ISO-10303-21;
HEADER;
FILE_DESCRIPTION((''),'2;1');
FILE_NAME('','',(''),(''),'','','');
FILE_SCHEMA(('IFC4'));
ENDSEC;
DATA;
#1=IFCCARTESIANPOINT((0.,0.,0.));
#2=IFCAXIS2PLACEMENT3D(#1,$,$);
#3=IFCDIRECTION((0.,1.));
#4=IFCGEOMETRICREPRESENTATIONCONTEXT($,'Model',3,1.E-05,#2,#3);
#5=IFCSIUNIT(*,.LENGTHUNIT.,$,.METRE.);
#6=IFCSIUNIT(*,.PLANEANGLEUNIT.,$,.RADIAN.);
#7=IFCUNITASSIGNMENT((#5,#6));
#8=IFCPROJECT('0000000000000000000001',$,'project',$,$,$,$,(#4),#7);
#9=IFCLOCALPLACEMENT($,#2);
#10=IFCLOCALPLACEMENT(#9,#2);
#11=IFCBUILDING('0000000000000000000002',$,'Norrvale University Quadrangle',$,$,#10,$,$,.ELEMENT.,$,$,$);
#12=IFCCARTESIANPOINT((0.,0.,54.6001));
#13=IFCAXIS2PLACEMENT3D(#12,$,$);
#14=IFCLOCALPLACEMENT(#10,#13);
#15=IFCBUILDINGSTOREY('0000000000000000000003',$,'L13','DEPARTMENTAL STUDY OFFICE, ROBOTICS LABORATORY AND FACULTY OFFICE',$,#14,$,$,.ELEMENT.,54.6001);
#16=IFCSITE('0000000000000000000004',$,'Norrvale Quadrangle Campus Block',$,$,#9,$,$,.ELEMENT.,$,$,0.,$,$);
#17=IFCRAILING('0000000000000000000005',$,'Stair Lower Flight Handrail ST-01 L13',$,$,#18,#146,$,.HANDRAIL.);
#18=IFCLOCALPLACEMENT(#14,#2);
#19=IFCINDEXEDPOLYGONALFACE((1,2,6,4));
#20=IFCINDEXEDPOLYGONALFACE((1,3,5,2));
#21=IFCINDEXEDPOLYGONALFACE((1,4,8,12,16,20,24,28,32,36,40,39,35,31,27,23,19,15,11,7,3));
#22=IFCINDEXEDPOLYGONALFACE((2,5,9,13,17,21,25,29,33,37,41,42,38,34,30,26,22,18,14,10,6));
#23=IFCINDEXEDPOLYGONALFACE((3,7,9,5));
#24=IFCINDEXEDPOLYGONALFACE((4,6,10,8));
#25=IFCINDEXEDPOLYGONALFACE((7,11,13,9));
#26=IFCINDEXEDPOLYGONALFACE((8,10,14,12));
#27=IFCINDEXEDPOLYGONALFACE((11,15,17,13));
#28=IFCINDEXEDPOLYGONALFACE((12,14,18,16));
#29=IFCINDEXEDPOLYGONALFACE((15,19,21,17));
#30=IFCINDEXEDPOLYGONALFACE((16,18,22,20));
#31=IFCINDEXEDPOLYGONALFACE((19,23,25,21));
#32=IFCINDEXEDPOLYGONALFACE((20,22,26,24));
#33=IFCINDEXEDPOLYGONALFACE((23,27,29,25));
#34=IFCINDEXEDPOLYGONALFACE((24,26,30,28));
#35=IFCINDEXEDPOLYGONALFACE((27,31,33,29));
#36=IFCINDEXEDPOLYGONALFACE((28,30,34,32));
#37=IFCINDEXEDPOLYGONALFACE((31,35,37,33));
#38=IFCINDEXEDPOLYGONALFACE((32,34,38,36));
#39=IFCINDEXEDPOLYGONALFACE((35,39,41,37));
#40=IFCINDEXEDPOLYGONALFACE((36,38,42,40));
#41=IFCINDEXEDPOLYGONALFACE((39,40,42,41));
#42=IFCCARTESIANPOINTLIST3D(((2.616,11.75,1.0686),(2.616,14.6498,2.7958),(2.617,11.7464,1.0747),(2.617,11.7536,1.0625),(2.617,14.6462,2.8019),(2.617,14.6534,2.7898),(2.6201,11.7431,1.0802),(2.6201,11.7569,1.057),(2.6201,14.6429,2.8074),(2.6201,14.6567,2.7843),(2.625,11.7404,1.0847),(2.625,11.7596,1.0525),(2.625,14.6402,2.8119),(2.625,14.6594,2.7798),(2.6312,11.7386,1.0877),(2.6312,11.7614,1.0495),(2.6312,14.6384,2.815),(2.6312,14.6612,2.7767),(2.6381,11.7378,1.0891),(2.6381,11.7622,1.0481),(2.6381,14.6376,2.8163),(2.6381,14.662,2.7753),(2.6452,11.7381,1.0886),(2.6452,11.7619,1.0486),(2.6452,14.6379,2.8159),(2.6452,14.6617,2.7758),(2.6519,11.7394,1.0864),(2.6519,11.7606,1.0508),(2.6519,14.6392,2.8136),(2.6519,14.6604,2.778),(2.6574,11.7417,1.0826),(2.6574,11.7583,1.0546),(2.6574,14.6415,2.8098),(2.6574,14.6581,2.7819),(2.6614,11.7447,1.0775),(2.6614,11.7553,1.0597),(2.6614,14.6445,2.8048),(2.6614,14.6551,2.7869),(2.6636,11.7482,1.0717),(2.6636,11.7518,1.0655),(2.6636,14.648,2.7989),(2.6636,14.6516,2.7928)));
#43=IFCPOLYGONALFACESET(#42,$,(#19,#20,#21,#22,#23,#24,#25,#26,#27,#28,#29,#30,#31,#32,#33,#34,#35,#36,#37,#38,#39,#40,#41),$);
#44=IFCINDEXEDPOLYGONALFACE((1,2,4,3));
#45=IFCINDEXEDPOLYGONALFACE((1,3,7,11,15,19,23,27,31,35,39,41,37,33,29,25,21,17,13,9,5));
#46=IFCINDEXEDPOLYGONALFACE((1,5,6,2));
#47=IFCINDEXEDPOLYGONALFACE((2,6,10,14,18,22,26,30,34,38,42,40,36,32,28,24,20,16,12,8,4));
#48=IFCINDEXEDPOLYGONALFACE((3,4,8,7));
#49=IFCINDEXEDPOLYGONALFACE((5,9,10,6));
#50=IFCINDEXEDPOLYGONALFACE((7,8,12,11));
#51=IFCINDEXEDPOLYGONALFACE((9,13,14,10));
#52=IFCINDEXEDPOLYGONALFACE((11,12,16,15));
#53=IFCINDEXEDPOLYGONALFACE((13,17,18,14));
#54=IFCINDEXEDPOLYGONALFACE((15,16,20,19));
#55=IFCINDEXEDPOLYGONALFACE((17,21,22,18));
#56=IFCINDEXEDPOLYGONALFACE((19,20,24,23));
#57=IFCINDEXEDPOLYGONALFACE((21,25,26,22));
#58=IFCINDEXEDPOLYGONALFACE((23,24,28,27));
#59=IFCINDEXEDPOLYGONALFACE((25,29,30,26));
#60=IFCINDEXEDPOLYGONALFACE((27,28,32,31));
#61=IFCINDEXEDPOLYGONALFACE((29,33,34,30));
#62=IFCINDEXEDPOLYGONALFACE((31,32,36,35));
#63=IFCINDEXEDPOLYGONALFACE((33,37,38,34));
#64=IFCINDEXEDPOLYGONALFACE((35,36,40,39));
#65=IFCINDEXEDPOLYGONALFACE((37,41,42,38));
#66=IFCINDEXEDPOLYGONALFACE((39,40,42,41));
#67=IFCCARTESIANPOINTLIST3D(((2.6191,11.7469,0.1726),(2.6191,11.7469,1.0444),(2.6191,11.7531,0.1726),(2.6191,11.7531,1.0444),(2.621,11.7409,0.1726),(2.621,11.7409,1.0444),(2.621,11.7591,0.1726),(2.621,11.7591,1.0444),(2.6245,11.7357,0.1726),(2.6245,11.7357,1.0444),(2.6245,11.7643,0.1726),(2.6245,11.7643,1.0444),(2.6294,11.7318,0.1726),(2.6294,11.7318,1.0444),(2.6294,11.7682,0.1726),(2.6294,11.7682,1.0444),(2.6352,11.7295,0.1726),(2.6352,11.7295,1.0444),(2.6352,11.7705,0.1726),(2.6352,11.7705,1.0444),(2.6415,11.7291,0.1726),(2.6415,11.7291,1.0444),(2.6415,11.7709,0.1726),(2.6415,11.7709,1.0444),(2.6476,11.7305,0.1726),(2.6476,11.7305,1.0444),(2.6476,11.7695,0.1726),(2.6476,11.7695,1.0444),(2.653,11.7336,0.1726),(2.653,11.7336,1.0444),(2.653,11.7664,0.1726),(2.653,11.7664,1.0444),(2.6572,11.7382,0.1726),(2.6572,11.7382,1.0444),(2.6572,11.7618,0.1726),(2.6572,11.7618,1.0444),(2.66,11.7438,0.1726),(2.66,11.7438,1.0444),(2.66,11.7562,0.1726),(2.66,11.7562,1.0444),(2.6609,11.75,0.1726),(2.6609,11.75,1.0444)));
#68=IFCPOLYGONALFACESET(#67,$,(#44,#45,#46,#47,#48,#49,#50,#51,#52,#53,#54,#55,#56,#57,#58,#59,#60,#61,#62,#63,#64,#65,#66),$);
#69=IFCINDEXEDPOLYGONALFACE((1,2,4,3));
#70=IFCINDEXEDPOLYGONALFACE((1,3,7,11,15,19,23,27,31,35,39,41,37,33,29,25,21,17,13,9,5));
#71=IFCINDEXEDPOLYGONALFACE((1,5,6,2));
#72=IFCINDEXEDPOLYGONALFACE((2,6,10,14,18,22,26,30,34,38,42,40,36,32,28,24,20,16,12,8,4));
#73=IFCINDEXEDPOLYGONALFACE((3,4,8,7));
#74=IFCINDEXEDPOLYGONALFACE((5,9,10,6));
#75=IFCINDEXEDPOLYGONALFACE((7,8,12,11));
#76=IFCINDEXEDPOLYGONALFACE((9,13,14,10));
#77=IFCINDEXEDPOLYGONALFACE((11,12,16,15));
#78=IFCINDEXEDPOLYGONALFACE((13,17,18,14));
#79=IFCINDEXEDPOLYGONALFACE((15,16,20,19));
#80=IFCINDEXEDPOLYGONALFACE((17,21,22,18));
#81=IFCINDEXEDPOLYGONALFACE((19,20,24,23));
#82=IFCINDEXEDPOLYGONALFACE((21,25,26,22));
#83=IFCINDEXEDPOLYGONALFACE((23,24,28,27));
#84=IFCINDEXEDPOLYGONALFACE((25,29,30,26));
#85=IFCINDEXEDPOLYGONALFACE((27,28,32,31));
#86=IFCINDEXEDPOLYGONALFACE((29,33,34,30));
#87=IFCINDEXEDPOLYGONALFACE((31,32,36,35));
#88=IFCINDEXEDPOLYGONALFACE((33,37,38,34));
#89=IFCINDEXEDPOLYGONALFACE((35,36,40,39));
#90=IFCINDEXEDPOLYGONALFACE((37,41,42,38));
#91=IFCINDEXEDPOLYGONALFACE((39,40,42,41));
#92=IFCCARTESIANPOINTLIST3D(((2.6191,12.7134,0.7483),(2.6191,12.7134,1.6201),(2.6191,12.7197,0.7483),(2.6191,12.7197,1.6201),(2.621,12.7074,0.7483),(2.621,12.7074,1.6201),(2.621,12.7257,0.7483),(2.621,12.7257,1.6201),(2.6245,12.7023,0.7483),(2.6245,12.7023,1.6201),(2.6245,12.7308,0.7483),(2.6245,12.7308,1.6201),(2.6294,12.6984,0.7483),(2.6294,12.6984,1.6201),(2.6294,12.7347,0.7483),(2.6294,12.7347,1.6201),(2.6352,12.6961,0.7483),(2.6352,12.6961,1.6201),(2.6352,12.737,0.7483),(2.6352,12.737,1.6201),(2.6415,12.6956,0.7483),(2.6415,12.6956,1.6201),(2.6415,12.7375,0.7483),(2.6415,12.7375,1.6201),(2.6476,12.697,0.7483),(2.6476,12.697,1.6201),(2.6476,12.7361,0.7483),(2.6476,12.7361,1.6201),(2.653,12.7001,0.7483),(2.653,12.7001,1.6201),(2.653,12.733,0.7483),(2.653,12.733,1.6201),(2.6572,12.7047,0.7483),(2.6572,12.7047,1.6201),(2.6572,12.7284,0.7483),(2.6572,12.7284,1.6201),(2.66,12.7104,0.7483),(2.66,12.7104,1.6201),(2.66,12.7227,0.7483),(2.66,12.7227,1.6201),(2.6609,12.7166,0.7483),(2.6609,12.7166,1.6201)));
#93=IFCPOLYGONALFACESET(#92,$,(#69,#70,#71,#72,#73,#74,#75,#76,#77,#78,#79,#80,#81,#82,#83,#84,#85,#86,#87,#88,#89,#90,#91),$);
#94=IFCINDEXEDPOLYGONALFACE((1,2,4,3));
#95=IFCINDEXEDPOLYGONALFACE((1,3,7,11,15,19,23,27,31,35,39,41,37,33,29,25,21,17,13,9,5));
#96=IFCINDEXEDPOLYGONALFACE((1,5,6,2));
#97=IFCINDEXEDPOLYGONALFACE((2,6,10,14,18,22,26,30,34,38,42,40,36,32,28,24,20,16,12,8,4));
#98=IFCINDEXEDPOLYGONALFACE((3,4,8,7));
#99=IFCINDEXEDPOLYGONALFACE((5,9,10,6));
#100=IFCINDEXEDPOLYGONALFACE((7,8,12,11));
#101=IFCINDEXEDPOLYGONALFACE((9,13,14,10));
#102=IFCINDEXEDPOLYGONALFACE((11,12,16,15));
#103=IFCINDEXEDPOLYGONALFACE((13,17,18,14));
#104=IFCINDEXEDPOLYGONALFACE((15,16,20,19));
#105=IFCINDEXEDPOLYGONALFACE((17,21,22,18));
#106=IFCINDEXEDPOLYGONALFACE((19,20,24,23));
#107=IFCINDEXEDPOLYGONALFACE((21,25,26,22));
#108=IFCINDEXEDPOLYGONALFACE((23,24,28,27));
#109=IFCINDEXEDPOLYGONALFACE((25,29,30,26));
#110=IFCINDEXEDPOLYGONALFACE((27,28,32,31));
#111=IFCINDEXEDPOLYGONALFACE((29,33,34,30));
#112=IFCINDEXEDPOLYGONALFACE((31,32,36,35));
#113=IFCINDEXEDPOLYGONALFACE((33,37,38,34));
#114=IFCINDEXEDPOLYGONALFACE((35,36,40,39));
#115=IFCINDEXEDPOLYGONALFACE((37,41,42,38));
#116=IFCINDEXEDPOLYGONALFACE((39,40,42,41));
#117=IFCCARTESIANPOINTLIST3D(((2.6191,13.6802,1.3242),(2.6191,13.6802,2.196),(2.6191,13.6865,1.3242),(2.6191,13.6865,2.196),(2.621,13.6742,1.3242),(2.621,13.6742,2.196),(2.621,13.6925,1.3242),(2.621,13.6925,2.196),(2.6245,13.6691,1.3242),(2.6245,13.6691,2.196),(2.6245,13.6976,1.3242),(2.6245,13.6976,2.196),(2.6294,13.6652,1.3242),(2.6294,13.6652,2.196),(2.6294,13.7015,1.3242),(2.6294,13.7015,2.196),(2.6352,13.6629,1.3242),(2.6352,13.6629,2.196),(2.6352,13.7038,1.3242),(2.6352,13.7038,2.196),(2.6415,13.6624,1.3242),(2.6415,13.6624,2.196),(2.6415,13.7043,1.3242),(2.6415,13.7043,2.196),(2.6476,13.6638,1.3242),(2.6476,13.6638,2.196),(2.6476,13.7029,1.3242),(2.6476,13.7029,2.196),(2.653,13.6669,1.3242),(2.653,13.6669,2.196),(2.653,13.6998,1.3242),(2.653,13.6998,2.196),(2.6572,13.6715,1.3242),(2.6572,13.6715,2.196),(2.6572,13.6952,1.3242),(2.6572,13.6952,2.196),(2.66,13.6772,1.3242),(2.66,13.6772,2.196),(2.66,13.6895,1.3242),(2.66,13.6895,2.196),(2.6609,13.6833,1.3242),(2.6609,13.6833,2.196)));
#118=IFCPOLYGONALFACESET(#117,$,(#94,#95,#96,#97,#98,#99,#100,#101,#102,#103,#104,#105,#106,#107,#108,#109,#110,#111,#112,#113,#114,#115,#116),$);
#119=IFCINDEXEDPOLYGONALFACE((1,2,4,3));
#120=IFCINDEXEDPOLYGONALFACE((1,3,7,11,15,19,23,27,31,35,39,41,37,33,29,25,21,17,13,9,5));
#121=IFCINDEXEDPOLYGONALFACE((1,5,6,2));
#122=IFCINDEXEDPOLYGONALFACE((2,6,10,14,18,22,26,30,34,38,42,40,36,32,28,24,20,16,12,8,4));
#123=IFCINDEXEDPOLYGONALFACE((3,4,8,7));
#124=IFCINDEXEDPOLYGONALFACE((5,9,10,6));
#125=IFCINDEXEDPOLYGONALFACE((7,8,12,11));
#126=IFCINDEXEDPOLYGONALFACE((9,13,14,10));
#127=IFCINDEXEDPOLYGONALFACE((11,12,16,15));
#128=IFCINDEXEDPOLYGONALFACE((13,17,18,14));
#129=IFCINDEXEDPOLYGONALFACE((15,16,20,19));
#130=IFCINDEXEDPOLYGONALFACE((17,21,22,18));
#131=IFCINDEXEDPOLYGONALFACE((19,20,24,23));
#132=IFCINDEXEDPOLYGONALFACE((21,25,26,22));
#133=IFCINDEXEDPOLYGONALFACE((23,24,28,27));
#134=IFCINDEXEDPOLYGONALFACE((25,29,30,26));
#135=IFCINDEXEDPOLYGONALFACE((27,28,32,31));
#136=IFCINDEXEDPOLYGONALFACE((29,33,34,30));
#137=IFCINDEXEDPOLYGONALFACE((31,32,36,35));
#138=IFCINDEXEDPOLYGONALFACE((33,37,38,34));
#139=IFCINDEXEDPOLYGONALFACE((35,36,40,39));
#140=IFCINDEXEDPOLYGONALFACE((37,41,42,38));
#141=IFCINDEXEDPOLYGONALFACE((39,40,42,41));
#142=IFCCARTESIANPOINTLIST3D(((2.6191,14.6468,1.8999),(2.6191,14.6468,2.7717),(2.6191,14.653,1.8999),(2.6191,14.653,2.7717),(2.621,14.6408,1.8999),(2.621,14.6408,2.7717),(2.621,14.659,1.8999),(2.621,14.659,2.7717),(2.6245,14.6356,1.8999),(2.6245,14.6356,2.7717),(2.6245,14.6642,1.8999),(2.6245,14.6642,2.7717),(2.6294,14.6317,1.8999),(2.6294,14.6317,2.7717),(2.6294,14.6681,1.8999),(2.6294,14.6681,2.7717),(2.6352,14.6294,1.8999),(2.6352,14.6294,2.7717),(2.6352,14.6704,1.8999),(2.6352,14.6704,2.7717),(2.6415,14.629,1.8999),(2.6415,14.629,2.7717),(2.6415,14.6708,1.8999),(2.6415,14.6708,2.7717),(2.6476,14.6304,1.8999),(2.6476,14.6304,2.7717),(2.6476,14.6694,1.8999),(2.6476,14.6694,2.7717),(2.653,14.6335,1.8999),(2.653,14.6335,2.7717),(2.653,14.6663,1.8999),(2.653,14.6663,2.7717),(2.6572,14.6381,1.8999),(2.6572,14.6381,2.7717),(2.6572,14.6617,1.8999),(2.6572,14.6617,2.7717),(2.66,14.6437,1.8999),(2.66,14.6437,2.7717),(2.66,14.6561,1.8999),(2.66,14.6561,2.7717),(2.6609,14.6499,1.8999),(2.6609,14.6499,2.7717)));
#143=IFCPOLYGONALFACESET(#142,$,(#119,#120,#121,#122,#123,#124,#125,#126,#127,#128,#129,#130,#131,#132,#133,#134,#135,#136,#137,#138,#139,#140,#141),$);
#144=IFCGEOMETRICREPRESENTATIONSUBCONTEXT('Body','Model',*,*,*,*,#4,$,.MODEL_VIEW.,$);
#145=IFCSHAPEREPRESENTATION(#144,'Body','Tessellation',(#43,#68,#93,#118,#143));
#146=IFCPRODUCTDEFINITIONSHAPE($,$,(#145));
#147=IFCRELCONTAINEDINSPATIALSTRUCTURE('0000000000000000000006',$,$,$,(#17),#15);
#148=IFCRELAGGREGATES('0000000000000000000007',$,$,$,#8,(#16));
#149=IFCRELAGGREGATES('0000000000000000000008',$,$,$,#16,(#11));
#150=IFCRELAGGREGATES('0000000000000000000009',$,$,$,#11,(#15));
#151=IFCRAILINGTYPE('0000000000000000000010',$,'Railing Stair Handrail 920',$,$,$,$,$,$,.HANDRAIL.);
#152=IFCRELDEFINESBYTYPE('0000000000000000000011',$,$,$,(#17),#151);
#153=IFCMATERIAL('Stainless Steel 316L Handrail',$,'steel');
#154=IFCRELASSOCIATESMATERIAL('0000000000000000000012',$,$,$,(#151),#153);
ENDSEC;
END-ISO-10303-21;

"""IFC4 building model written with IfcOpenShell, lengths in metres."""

from ifc_helpers import new_model, si_unit, direction, frame, origin, origin_2d, place, context, subcontext, project, spatial, circle, extrude, material, type_object, element, save


model = new_model("IFC4")

# Units and contexts
model_context = context("Model", 3, precision=1e-05, world=origin(), true_north=direction((0.0, 1.0)))
body_context = subcontext(model_context, "Body", "Model", "MODEL_VIEW")
ifc_project = project(units=[si_unit("LENGTHUNIT", "METRE"), si_unit("PLANEANGLEUNIT", "RADIAN")], contexts=[model_context])

# Site, building, storey
site_placement = place(None, origin())
site = spatial("IfcSite", under=ifc_project, at=site_placement, Name="Norrvale Quadrangle Campus Block", CompositionType="ELEMENT", RefElevation=0.0)
building_placement = place(site_placement, origin())
building = spatial("IfcBuilding", under=site, at=building_placement, Name="Norrvale University Quadrangle", CompositionType="ELEMENT")
storey_placement = place(building_placement, frame((0.0, 0.0, 54.6001)))
storey = spatial("IfcBuildingStorey", under=building, at=storey_placement, Name="L13", Description="DEPARTMENTAL STUDY OFFICE, ROBOTICS LABORATORY AND FACULTY OFFICE", CompositionType="ELEMENT", Elevation=54.6001)

# Railing
ifc_material_1 = material(Name="Stainless Steel 316L Handrail", Category="steel")
railing_type_1 = type_object("IfcRailingType", Name="Railing Stair Handrail 920", PredefinedType="HANDRAIL", material=ifc_material_1)
railing_placement = place(storey_placement, frame((2.6399, 11.75, 0.1726)))
element("IfcRailing", 1, at=railing_placement, inside=storey, type_object=railing_type_1, Name="Stair Lower Flight Handrail ST-01 L13", PredefinedType="HANDRAIL", context=body_context, shape_type="SweptSolid", body=[
    extrude(circle(Radius=0.0239, at=origin_2d()), frame((0.0, 0.0, 0.896), z_axis=(0.0, 0.859141, 0.511738), x_axis=(-1.0, 0.0, 0.0)), (0.0, 0.0, 1.0), 3.3752),
    extrude(circle(Radius=0.021, at=origin_2d()), origin(), (0.0, 0.0, 1.0), 0.8718),
    extrude(circle(Radius=0.021, at=origin_2d()), frame((0.0, 0.9666, 0.5757)), (0.0, 0.0, 1.0), 0.8718),
    extrude(circle(Radius=0.021, at=origin_2d()), frame((0.0, 1.9333, 1.1516)), (0.0, 0.0, 1.0), 0.8718),
    extrude(circle(Radius=0.021, at=origin_2d()), frame((0.0, 2.8999, 1.7273)), (0.0, 0.0, 1.0), 0.8718),
])

save(model, "model.ifc")
